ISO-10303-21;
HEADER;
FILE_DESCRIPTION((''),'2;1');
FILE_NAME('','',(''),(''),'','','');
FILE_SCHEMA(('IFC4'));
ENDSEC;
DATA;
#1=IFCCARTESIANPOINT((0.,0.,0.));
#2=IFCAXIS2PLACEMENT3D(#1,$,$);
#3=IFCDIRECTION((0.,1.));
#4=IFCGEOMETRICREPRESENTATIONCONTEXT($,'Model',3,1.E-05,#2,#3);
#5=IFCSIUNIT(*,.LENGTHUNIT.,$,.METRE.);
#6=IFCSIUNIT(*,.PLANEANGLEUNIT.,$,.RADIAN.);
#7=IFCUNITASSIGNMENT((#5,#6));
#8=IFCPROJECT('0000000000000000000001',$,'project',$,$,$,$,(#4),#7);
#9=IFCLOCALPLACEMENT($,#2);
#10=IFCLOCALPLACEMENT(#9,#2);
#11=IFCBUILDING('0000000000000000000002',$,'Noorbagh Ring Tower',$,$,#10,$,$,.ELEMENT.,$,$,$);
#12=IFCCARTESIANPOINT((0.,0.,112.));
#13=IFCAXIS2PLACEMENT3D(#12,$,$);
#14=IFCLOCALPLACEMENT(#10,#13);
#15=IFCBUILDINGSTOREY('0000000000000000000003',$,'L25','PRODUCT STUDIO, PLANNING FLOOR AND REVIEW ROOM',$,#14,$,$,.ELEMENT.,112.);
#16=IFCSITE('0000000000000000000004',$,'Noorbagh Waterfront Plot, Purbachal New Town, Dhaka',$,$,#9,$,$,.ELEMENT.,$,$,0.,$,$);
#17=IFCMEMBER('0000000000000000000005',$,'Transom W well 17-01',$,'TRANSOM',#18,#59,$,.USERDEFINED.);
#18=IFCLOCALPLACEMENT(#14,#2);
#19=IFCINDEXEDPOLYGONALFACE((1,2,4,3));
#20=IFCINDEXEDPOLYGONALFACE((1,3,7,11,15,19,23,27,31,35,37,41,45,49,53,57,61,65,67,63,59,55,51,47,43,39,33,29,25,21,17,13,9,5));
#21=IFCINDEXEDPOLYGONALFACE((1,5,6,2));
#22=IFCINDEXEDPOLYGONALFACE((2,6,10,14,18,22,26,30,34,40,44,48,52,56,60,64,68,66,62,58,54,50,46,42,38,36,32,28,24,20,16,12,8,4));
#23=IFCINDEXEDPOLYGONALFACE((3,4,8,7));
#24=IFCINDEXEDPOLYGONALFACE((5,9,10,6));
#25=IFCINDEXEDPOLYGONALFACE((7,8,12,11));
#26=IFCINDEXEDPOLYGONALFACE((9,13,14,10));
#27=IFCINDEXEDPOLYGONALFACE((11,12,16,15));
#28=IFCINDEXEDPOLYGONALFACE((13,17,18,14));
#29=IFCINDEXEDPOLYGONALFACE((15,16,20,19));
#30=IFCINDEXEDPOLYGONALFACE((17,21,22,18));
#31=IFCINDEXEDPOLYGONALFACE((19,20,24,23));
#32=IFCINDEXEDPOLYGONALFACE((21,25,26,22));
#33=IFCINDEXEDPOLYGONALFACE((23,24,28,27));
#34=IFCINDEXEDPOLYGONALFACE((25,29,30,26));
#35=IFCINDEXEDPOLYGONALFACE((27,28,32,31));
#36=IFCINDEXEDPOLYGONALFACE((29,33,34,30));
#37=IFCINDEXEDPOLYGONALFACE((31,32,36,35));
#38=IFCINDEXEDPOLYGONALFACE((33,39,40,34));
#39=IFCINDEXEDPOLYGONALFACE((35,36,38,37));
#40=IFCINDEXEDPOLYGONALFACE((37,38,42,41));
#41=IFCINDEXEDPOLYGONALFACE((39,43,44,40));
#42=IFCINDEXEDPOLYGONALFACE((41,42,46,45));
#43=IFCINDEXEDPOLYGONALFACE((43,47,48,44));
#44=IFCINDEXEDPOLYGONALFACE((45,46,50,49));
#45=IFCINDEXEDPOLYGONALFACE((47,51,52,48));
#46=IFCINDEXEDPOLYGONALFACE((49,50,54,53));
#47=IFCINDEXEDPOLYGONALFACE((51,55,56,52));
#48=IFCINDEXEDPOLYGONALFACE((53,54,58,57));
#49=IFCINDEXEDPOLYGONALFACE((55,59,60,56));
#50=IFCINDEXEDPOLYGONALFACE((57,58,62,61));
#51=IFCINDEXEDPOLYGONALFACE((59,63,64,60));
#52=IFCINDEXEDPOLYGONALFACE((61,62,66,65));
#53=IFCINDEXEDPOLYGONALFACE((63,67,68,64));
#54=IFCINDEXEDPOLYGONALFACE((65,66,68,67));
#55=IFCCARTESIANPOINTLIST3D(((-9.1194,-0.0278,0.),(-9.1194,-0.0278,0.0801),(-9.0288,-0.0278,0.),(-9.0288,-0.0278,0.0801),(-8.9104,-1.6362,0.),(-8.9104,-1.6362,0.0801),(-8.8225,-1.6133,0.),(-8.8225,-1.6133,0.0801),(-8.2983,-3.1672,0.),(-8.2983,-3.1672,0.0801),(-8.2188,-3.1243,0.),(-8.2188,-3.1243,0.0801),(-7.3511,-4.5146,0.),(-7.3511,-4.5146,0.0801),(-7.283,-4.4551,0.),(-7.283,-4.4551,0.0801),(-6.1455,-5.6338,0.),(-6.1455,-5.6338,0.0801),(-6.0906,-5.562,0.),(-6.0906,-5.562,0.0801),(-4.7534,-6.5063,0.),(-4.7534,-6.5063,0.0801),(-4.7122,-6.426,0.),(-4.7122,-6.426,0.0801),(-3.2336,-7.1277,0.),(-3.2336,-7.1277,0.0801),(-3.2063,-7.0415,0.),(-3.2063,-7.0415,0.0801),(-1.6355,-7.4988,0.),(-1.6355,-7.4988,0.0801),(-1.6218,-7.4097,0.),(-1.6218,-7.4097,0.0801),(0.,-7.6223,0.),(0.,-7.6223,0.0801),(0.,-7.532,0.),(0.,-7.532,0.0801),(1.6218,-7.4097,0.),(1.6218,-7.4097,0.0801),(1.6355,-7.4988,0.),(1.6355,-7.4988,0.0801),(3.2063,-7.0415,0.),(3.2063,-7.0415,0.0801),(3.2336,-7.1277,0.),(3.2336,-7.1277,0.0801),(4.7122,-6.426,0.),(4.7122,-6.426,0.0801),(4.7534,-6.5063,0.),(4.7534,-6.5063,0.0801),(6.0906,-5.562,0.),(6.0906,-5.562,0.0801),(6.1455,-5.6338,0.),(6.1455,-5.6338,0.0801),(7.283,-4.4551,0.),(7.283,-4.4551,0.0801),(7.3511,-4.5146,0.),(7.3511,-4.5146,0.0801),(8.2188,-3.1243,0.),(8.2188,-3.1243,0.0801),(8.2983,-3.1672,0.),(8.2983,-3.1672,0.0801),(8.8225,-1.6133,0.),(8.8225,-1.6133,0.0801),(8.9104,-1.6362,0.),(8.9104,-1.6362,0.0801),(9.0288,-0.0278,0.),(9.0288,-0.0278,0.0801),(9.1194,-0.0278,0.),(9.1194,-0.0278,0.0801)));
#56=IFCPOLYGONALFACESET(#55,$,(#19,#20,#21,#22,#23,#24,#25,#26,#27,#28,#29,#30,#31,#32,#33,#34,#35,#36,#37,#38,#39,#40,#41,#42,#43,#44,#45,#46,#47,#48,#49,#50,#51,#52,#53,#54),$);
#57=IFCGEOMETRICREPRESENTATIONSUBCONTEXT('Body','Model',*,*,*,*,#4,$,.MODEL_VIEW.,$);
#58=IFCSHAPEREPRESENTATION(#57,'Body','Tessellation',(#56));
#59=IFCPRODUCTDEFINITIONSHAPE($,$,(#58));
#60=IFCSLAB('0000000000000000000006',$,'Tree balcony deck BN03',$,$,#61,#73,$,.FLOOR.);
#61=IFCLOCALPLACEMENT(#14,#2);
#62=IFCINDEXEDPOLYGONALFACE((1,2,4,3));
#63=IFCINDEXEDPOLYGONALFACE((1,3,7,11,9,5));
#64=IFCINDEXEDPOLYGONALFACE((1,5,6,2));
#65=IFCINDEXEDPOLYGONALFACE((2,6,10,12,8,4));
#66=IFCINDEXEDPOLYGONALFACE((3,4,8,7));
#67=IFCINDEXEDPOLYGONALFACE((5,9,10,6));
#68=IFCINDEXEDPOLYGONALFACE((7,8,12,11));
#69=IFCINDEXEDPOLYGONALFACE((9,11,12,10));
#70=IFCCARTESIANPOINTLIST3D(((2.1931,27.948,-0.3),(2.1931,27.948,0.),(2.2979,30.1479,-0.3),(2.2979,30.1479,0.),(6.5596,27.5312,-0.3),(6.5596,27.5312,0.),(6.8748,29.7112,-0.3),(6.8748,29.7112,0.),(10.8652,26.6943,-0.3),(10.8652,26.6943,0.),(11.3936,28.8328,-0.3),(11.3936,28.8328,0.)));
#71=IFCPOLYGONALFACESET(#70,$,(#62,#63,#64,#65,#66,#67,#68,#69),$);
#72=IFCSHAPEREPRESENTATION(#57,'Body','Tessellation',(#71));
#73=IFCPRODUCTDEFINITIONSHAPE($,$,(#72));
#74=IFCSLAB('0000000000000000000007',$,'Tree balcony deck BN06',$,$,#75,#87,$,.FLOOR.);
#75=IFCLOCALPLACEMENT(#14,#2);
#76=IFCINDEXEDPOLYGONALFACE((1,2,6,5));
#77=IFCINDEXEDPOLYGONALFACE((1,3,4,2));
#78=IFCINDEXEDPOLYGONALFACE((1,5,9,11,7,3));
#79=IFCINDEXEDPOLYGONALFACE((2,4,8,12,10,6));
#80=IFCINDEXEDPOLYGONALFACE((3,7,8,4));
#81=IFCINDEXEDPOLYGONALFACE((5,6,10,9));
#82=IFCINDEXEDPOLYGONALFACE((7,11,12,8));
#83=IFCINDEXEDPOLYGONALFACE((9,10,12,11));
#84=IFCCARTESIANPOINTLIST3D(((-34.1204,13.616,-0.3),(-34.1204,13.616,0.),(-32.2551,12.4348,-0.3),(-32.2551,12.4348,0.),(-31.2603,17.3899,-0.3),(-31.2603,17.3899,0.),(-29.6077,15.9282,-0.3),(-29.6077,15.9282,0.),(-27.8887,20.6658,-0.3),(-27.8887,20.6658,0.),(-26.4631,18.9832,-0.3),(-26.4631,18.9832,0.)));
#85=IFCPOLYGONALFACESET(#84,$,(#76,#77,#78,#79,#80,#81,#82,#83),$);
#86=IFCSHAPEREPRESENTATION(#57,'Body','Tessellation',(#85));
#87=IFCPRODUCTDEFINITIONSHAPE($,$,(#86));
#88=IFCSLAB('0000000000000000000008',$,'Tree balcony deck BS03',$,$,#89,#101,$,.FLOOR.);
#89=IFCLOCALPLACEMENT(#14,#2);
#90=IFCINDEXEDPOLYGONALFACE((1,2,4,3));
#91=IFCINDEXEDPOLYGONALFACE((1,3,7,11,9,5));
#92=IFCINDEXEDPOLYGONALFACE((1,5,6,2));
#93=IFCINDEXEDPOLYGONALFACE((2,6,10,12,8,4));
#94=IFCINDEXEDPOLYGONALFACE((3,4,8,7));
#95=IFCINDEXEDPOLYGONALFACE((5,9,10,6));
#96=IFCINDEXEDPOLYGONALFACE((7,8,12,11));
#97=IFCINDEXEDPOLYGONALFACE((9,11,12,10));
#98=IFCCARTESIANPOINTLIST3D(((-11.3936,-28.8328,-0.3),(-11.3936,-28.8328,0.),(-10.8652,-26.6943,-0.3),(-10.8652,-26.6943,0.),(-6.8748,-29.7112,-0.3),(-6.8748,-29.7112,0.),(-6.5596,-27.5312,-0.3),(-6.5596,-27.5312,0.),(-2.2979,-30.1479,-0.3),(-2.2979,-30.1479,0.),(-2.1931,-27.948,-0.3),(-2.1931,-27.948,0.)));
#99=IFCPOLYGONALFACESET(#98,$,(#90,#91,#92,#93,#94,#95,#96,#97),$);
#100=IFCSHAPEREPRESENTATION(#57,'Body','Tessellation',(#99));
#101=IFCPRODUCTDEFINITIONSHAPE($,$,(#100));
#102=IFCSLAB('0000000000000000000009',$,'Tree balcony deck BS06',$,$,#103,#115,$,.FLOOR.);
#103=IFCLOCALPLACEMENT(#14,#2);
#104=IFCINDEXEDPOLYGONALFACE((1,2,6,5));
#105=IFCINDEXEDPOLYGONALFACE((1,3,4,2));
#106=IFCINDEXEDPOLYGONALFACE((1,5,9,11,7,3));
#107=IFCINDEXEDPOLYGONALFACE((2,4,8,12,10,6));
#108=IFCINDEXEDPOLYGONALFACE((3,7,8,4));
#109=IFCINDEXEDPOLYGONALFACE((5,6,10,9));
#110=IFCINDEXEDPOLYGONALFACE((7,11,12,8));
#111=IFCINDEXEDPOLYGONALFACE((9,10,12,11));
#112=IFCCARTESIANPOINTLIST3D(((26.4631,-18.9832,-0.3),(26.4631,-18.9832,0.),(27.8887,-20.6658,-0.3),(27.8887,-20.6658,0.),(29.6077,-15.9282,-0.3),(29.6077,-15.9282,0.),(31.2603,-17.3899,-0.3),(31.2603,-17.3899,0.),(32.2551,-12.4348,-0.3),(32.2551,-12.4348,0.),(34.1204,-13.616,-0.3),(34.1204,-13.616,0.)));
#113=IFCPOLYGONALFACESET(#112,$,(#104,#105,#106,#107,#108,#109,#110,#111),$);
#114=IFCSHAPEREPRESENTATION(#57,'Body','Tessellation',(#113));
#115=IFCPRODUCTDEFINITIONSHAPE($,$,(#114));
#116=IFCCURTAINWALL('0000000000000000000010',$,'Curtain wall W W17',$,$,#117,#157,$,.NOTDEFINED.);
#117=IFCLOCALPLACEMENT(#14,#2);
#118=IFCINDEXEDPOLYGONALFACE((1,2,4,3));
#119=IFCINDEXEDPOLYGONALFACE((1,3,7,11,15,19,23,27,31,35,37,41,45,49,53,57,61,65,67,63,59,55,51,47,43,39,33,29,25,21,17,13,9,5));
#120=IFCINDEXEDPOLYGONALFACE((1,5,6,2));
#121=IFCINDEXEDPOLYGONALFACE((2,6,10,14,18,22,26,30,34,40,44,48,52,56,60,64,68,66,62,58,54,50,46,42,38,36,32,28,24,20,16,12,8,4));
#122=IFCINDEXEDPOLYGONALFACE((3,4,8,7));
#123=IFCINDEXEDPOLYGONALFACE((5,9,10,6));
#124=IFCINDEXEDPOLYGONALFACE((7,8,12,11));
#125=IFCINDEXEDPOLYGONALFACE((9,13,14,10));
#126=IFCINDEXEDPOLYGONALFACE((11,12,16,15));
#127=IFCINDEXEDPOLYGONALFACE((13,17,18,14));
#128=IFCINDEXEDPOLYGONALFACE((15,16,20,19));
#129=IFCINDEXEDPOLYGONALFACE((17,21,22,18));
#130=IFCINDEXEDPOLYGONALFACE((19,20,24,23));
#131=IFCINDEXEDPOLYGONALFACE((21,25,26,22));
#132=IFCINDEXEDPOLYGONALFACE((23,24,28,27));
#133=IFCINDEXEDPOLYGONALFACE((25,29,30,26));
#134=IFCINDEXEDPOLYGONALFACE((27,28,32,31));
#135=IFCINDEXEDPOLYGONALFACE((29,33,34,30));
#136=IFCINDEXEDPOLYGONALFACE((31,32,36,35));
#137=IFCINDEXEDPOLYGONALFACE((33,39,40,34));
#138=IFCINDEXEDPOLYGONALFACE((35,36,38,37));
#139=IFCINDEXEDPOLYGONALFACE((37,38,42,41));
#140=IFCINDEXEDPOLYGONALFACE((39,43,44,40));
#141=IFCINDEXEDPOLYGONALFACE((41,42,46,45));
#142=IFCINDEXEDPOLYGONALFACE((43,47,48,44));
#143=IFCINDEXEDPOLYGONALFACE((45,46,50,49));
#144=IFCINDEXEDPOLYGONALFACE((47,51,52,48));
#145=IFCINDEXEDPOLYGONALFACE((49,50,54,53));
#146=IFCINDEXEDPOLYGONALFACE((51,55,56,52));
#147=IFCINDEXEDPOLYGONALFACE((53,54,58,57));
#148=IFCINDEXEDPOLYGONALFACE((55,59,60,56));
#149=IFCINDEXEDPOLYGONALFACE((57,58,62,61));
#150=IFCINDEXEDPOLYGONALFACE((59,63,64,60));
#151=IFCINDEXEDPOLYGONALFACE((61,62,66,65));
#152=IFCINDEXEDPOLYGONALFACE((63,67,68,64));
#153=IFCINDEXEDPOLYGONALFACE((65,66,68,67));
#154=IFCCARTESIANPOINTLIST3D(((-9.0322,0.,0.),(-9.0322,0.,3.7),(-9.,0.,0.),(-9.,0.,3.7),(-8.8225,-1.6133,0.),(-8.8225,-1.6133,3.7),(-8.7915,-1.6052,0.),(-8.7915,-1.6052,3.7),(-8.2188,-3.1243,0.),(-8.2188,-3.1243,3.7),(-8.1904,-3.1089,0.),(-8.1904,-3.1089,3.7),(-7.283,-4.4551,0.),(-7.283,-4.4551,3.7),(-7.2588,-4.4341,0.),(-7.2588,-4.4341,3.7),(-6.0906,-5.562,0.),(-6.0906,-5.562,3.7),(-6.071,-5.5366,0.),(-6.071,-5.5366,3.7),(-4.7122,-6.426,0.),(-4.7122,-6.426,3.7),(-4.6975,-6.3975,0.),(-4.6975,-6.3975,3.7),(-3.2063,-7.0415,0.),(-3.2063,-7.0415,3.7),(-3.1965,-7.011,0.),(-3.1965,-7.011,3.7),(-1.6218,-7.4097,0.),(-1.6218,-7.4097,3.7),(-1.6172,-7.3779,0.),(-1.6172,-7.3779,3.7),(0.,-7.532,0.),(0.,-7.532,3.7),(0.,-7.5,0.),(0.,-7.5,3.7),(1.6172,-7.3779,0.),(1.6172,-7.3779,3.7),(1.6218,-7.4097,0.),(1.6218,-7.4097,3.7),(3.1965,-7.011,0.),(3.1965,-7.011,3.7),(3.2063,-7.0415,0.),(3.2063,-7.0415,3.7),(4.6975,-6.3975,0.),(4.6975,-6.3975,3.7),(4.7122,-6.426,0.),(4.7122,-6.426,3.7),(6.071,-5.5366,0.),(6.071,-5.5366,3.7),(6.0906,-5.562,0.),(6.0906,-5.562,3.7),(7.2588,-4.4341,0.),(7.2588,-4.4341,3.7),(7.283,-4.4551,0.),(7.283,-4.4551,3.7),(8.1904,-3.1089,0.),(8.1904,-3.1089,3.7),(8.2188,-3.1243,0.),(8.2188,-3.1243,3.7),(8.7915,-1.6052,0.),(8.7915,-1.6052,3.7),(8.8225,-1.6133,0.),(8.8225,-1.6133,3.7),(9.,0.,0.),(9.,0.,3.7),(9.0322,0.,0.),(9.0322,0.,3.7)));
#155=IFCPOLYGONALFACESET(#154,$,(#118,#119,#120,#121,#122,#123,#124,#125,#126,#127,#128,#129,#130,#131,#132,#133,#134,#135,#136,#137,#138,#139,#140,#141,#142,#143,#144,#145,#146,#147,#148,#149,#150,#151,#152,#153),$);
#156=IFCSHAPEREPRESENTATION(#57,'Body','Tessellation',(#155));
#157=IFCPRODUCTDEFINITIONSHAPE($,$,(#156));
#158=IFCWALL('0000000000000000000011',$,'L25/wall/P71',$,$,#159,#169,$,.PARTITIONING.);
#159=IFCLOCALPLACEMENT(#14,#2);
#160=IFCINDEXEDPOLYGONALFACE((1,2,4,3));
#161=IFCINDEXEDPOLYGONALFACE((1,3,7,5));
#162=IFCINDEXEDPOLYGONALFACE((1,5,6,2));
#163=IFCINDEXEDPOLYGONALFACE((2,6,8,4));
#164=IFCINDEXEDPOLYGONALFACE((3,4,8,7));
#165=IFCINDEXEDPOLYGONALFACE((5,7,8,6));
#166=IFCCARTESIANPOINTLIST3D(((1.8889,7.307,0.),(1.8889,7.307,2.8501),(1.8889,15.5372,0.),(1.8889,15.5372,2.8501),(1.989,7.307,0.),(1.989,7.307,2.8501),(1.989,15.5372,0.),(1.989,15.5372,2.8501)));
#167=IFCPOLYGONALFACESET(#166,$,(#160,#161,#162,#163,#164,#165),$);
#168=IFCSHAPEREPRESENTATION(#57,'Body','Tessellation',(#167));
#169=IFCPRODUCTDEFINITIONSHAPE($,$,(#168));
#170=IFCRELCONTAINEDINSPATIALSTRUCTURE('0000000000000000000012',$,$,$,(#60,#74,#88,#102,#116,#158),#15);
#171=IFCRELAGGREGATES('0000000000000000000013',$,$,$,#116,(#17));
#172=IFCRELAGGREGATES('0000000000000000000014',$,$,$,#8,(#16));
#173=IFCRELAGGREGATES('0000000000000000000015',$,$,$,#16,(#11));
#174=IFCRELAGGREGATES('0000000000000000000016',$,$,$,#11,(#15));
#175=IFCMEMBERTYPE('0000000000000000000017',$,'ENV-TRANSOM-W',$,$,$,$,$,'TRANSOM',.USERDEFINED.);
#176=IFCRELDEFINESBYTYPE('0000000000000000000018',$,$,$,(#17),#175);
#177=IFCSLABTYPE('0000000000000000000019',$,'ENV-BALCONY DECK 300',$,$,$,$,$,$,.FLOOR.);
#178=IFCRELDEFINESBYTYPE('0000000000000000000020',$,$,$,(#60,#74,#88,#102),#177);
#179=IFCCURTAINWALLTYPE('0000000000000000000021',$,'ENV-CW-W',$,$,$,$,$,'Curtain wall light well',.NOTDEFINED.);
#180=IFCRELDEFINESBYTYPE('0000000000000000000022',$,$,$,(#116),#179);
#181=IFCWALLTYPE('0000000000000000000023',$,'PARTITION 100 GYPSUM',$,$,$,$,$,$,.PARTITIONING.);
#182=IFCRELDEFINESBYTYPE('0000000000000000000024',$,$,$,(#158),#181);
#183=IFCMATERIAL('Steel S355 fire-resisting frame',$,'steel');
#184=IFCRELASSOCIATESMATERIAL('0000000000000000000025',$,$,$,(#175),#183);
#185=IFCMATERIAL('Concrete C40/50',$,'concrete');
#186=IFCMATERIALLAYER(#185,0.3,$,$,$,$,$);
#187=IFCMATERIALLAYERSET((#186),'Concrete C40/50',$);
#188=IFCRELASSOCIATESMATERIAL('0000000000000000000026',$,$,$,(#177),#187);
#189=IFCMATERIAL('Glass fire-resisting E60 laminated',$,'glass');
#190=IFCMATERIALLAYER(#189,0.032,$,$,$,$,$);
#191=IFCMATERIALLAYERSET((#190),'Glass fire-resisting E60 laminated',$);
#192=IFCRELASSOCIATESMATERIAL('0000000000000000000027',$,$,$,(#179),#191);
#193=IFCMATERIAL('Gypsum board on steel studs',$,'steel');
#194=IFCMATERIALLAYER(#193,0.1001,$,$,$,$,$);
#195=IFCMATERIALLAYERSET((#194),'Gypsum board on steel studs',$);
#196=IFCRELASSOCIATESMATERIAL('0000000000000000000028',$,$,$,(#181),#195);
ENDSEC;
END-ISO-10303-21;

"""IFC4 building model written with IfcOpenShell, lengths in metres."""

from ifc_helpers import new_model, si_unit, direction, frame, frame_2d, origin, place, context, subcontext, project, spatial, polyline, rectangle, outline, extrude, material, layer, layer_set, type_object, element, aggregate, save


model = new_model("IFC4")

# Units and contexts
model_context = context("Model", 3, precision=1e-05, world=origin(), true_north=direction((0.0, 1.0)))
body_context = subcontext(model_context, "Body", "Model", "MODEL_VIEW")
ifc_project = project(units=[si_unit("LENGTHUNIT", "METRE"), si_unit("PLANEANGLEUNIT", "RADIAN")], contexts=[model_context])

# Site, building, storey
site_placement = place(None, origin())
site = spatial("IfcSite", under=ifc_project, at=site_placement, Name="Noorbagh Waterfront Plot, Purbachal New Town, Dhaka", CompositionType="ELEMENT", RefElevation=0.0)
building_placement = place(site_placement, origin())
building = spatial("IfcBuilding", under=site, at=building_placement, Name="Noorbagh Ring Tower", CompositionType="ELEMENT")
storey_placement = place(building_placement, frame((0.0, 0.0, 112.0)))
storey = spatial("IfcBuildingStorey", under=building, at=storey_placement, Name="L25", Description="PRODUCT STUDIO, PLANNING FLOOR AND REVIEW ROOM", CompositionType="ELEMENT", Elevation=112.0)

# Member
ifc_material_1 = material(Name="Steel S355 fire-resisting frame", Category="steel")
member_type_1 = type_object("IfcMemberType", Name="ENV-TRANSOM-W", ElementType="TRANSOM", PredefinedType="USERDEFINED", material=ifc_material_1)
member_1_placement = place(storey_placement, origin())
member_1 = element("IfcMember", 1, at=member_1_placement, type_object=member_type_1, Name="Transom W well 17-01", ObjectType="TRANSOM", PredefinedType="USERDEFINED", context=body_context, shape_type="SweptSolid", body=[
    extrude(outline(polyline([(-9.1194, -0.0278), (-8.9104, -1.6362), (-8.2983, -3.1672), (-7.3511, -4.5146), (-6.1455, -5.6338), (-4.7534, -6.5063), (-3.2336, -7.1277), (-1.6355, -7.4988), (0.0, -7.6223), (1.6355, -7.4988), (3.2336, -7.1277), (4.7534, -6.5063), (6.1455, -5.6338), (7.3511, -4.5146), (8.2983, -3.1672), (8.9104, -1.6362), (9.1194, -0.0278), (9.0288, -0.0278), (8.8225, -1.6133), (8.2188, -3.1243), (7.283, -4.4551), (6.0906, -5.562), (4.7122, -6.426), (3.2063, -7.0415), (1.6218, -7.4097), (0.0, -7.532), (-1.6218, -7.4097), (-3.2063, -7.0415), (-4.7122, -6.426), (-6.0906, -5.562), (-7.283, -4.4551), (-8.2188, -3.1243), (-8.8225, -1.6133), (-9.0288, -0.0278), (-9.1194, -0.0278)])), origin(), (0.0, 0.0, 1.0), 0.0801),
])

# Slabs
ifc_material_2 = material(Name="Concrete C40/50", Category="concrete")
ifc_layer_1 = layer(ifc_material_2, 0.3)
ifc_layer_set_1 = layer_set([ifc_layer_1], Name="Concrete C40/50")
slab_type = type_object("IfcSlabType", Name="ENV-BALCONY DECK 300", PredefinedType="FLOOR", material=ifc_layer_set_1)
slab_1_placement = place(storey_placement, frame((0.0, 0.0, -0.3)))
element("IfcSlab", 2, at=slab_1_placement, inside=storey, type_object=slab_type, Name="Tree balcony deck BN03", PredefinedType="FLOOR", context=body_context, shape_type="SweptSolid", body=[
    extrude(outline(polyline([(11.3936, 28.8328), (6.8748, 29.7112), (2.2979, 30.1479), (2.1931, 27.948), (6.5596, 27.5312), (10.8652, 26.6943), (11.3936, 28.8328)])), origin(), (0.0, 0.0, 1.0), 0.3),
])
slab_2_placement = place(storey_placement, frame((0.0, 0.0, -0.3)))
element("IfcSlab", 3, at=slab_2_placement, inside=storey, type_object=slab_type, Name="Tree balcony deck BN06", PredefinedType="FLOOR", context=body_context, shape_type="SweptSolid", body=[
    extrude(outline(polyline([(-27.8887, 20.6658), (-31.2603, 17.3899), (-34.1204, 13.616), (-32.2551, 12.4348), (-29.6077, 15.9282), (-26.4631, 18.9832), (-27.8887, 20.6658)])), origin(), (0.0, 0.0, 1.0), 0.3),
])
slab_3_placement = place(storey_placement, frame((0.0, 0.0, -0.3)))
element("IfcSlab", 4, at=slab_3_placement, inside=storey, type_object=slab_type, Name="Tree balcony deck BS03", PredefinedType="FLOOR", context=body_context, shape_type="SweptSolid", body=[
    extrude(outline(polyline([(-11.3936, -28.8328), (-6.8748, -29.7112), (-2.2979, -30.1479), (-2.1931, -27.948), (-6.5596, -27.5312), (-10.8652, -26.6943), (-11.3936, -28.8328)])), origin(), (0.0, 0.0, 1.0), 0.3),
])
slab_4_placement = place(storey_placement, frame((0.0, 0.0, -0.3)))
element("IfcSlab", 5, at=slab_4_placement, inside=storey, type_object=slab_type, Name="Tree balcony deck BS06", PredefinedType="FLOOR", context=body_context, shape_type="SweptSolid", body=[
    extrude(outline(polyline([(27.8887, -20.6658), (31.2603, -17.3899), (34.1204, -13.616), (32.2551, -12.4348), (29.6077, -15.9282), (26.4631, -18.9832), (27.8887, -20.6658)])), origin(), (0.0, 0.0, 1.0), 0.3),
])

# Curtain wall
ifc_material_3 = material(Name="Glass fire-resisting E60 laminated", Category="glass")
ifc_layer_2 = layer(ifc_material_3, 0.032)
ifc_layer_set_2 = layer_set([ifc_layer_2], Name="Glass fire-resisting E60 laminated")
curtain_wall_type_1 = type_object("IfcCurtainWallType", Name="ENV-CW-W", ElementType="Curtain wall light well", PredefinedType="NOTDEFINED", material=ifc_layer_set_2)
curtain_wall_1_placement = place(storey_placement, origin())
curtain_wall_1 = element("IfcCurtainWall", 6, at=curtain_wall_1_placement, inside=storey, type_object=curtain_wall_type_1, Name="Curtain wall W W17", PredefinedType="NOTDEFINED", context=body_context, shape_type="SweptSolid", body=[
    extrude(outline(polyline([(-9.0322, 0.0), (-8.8225, -1.6133), (-8.2188, -3.1243), (-7.283, -4.4551), (-6.0906, -5.562), (-4.7122, -6.426), (-3.2063, -7.0415), (-1.6218, -7.4097), (0.0, -7.532), (1.6218, -7.4097), (3.2063, -7.0415), (4.7122, -6.426), (6.0906, -5.562), (7.283, -4.4551), (8.2188, -3.1243), (8.8225, -1.6133), (9.0322, 0.0), (9.0, 0.0), (8.7915, -1.6052), (8.1904, -3.1089), (7.2588, -4.4341), (6.071, -5.5366), (4.6975, -6.3975), (3.1965, -7.011), (1.6172, -7.3779), (0.0, -7.5), (-1.6172, -7.3779), (-3.1965, -7.011), (-4.6975, -6.3975), (-6.071, -5.5366), (-7.2588, -4.4341), (-8.1904, -3.1089), (-8.7915, -1.6052), (-9.0, 0.0), (-9.0322, 0.0)])), origin(), (0.0, 0.0, 1.0), 3.7),
])
aggregate(curtain_wall_1, [member_1])

# Wall
ifc_material_4 = material(Name="Gypsum board on steel studs", Category="steel")
ifc_layer_3 = layer(ifc_material_4, 0.1001)
ifc_layer_set_3 = layer_set([ifc_layer_3], Name="Gypsum board on steel studs")
wall_type = type_object("IfcWallType", Name="PARTITION 100 GYPSUM", PredefinedType="PARTITIONING", material=ifc_layer_set_3)
wall_placement = place(storey_placement, frame((1.939, 7.3069, 0.0), z_axis=(0.0, 0.0, 1.0), x_axis=(0.0, 1.0, 0.0)))
element("IfcWall", 7, at=wall_placement, inside=storey, type_object=wall_type, Name="L25/wall/P71", PredefinedType="PARTITIONING", context=body_context, shape_type="SweptSolid", body=[
    extrude(rectangle(XDim=8.2302, YDim=0.1001, at=frame_2d((4.1152, 0.0))), origin(), (0.0, 0.0, 1.0), 2.8501),
])

save(model, "model.ifc")
